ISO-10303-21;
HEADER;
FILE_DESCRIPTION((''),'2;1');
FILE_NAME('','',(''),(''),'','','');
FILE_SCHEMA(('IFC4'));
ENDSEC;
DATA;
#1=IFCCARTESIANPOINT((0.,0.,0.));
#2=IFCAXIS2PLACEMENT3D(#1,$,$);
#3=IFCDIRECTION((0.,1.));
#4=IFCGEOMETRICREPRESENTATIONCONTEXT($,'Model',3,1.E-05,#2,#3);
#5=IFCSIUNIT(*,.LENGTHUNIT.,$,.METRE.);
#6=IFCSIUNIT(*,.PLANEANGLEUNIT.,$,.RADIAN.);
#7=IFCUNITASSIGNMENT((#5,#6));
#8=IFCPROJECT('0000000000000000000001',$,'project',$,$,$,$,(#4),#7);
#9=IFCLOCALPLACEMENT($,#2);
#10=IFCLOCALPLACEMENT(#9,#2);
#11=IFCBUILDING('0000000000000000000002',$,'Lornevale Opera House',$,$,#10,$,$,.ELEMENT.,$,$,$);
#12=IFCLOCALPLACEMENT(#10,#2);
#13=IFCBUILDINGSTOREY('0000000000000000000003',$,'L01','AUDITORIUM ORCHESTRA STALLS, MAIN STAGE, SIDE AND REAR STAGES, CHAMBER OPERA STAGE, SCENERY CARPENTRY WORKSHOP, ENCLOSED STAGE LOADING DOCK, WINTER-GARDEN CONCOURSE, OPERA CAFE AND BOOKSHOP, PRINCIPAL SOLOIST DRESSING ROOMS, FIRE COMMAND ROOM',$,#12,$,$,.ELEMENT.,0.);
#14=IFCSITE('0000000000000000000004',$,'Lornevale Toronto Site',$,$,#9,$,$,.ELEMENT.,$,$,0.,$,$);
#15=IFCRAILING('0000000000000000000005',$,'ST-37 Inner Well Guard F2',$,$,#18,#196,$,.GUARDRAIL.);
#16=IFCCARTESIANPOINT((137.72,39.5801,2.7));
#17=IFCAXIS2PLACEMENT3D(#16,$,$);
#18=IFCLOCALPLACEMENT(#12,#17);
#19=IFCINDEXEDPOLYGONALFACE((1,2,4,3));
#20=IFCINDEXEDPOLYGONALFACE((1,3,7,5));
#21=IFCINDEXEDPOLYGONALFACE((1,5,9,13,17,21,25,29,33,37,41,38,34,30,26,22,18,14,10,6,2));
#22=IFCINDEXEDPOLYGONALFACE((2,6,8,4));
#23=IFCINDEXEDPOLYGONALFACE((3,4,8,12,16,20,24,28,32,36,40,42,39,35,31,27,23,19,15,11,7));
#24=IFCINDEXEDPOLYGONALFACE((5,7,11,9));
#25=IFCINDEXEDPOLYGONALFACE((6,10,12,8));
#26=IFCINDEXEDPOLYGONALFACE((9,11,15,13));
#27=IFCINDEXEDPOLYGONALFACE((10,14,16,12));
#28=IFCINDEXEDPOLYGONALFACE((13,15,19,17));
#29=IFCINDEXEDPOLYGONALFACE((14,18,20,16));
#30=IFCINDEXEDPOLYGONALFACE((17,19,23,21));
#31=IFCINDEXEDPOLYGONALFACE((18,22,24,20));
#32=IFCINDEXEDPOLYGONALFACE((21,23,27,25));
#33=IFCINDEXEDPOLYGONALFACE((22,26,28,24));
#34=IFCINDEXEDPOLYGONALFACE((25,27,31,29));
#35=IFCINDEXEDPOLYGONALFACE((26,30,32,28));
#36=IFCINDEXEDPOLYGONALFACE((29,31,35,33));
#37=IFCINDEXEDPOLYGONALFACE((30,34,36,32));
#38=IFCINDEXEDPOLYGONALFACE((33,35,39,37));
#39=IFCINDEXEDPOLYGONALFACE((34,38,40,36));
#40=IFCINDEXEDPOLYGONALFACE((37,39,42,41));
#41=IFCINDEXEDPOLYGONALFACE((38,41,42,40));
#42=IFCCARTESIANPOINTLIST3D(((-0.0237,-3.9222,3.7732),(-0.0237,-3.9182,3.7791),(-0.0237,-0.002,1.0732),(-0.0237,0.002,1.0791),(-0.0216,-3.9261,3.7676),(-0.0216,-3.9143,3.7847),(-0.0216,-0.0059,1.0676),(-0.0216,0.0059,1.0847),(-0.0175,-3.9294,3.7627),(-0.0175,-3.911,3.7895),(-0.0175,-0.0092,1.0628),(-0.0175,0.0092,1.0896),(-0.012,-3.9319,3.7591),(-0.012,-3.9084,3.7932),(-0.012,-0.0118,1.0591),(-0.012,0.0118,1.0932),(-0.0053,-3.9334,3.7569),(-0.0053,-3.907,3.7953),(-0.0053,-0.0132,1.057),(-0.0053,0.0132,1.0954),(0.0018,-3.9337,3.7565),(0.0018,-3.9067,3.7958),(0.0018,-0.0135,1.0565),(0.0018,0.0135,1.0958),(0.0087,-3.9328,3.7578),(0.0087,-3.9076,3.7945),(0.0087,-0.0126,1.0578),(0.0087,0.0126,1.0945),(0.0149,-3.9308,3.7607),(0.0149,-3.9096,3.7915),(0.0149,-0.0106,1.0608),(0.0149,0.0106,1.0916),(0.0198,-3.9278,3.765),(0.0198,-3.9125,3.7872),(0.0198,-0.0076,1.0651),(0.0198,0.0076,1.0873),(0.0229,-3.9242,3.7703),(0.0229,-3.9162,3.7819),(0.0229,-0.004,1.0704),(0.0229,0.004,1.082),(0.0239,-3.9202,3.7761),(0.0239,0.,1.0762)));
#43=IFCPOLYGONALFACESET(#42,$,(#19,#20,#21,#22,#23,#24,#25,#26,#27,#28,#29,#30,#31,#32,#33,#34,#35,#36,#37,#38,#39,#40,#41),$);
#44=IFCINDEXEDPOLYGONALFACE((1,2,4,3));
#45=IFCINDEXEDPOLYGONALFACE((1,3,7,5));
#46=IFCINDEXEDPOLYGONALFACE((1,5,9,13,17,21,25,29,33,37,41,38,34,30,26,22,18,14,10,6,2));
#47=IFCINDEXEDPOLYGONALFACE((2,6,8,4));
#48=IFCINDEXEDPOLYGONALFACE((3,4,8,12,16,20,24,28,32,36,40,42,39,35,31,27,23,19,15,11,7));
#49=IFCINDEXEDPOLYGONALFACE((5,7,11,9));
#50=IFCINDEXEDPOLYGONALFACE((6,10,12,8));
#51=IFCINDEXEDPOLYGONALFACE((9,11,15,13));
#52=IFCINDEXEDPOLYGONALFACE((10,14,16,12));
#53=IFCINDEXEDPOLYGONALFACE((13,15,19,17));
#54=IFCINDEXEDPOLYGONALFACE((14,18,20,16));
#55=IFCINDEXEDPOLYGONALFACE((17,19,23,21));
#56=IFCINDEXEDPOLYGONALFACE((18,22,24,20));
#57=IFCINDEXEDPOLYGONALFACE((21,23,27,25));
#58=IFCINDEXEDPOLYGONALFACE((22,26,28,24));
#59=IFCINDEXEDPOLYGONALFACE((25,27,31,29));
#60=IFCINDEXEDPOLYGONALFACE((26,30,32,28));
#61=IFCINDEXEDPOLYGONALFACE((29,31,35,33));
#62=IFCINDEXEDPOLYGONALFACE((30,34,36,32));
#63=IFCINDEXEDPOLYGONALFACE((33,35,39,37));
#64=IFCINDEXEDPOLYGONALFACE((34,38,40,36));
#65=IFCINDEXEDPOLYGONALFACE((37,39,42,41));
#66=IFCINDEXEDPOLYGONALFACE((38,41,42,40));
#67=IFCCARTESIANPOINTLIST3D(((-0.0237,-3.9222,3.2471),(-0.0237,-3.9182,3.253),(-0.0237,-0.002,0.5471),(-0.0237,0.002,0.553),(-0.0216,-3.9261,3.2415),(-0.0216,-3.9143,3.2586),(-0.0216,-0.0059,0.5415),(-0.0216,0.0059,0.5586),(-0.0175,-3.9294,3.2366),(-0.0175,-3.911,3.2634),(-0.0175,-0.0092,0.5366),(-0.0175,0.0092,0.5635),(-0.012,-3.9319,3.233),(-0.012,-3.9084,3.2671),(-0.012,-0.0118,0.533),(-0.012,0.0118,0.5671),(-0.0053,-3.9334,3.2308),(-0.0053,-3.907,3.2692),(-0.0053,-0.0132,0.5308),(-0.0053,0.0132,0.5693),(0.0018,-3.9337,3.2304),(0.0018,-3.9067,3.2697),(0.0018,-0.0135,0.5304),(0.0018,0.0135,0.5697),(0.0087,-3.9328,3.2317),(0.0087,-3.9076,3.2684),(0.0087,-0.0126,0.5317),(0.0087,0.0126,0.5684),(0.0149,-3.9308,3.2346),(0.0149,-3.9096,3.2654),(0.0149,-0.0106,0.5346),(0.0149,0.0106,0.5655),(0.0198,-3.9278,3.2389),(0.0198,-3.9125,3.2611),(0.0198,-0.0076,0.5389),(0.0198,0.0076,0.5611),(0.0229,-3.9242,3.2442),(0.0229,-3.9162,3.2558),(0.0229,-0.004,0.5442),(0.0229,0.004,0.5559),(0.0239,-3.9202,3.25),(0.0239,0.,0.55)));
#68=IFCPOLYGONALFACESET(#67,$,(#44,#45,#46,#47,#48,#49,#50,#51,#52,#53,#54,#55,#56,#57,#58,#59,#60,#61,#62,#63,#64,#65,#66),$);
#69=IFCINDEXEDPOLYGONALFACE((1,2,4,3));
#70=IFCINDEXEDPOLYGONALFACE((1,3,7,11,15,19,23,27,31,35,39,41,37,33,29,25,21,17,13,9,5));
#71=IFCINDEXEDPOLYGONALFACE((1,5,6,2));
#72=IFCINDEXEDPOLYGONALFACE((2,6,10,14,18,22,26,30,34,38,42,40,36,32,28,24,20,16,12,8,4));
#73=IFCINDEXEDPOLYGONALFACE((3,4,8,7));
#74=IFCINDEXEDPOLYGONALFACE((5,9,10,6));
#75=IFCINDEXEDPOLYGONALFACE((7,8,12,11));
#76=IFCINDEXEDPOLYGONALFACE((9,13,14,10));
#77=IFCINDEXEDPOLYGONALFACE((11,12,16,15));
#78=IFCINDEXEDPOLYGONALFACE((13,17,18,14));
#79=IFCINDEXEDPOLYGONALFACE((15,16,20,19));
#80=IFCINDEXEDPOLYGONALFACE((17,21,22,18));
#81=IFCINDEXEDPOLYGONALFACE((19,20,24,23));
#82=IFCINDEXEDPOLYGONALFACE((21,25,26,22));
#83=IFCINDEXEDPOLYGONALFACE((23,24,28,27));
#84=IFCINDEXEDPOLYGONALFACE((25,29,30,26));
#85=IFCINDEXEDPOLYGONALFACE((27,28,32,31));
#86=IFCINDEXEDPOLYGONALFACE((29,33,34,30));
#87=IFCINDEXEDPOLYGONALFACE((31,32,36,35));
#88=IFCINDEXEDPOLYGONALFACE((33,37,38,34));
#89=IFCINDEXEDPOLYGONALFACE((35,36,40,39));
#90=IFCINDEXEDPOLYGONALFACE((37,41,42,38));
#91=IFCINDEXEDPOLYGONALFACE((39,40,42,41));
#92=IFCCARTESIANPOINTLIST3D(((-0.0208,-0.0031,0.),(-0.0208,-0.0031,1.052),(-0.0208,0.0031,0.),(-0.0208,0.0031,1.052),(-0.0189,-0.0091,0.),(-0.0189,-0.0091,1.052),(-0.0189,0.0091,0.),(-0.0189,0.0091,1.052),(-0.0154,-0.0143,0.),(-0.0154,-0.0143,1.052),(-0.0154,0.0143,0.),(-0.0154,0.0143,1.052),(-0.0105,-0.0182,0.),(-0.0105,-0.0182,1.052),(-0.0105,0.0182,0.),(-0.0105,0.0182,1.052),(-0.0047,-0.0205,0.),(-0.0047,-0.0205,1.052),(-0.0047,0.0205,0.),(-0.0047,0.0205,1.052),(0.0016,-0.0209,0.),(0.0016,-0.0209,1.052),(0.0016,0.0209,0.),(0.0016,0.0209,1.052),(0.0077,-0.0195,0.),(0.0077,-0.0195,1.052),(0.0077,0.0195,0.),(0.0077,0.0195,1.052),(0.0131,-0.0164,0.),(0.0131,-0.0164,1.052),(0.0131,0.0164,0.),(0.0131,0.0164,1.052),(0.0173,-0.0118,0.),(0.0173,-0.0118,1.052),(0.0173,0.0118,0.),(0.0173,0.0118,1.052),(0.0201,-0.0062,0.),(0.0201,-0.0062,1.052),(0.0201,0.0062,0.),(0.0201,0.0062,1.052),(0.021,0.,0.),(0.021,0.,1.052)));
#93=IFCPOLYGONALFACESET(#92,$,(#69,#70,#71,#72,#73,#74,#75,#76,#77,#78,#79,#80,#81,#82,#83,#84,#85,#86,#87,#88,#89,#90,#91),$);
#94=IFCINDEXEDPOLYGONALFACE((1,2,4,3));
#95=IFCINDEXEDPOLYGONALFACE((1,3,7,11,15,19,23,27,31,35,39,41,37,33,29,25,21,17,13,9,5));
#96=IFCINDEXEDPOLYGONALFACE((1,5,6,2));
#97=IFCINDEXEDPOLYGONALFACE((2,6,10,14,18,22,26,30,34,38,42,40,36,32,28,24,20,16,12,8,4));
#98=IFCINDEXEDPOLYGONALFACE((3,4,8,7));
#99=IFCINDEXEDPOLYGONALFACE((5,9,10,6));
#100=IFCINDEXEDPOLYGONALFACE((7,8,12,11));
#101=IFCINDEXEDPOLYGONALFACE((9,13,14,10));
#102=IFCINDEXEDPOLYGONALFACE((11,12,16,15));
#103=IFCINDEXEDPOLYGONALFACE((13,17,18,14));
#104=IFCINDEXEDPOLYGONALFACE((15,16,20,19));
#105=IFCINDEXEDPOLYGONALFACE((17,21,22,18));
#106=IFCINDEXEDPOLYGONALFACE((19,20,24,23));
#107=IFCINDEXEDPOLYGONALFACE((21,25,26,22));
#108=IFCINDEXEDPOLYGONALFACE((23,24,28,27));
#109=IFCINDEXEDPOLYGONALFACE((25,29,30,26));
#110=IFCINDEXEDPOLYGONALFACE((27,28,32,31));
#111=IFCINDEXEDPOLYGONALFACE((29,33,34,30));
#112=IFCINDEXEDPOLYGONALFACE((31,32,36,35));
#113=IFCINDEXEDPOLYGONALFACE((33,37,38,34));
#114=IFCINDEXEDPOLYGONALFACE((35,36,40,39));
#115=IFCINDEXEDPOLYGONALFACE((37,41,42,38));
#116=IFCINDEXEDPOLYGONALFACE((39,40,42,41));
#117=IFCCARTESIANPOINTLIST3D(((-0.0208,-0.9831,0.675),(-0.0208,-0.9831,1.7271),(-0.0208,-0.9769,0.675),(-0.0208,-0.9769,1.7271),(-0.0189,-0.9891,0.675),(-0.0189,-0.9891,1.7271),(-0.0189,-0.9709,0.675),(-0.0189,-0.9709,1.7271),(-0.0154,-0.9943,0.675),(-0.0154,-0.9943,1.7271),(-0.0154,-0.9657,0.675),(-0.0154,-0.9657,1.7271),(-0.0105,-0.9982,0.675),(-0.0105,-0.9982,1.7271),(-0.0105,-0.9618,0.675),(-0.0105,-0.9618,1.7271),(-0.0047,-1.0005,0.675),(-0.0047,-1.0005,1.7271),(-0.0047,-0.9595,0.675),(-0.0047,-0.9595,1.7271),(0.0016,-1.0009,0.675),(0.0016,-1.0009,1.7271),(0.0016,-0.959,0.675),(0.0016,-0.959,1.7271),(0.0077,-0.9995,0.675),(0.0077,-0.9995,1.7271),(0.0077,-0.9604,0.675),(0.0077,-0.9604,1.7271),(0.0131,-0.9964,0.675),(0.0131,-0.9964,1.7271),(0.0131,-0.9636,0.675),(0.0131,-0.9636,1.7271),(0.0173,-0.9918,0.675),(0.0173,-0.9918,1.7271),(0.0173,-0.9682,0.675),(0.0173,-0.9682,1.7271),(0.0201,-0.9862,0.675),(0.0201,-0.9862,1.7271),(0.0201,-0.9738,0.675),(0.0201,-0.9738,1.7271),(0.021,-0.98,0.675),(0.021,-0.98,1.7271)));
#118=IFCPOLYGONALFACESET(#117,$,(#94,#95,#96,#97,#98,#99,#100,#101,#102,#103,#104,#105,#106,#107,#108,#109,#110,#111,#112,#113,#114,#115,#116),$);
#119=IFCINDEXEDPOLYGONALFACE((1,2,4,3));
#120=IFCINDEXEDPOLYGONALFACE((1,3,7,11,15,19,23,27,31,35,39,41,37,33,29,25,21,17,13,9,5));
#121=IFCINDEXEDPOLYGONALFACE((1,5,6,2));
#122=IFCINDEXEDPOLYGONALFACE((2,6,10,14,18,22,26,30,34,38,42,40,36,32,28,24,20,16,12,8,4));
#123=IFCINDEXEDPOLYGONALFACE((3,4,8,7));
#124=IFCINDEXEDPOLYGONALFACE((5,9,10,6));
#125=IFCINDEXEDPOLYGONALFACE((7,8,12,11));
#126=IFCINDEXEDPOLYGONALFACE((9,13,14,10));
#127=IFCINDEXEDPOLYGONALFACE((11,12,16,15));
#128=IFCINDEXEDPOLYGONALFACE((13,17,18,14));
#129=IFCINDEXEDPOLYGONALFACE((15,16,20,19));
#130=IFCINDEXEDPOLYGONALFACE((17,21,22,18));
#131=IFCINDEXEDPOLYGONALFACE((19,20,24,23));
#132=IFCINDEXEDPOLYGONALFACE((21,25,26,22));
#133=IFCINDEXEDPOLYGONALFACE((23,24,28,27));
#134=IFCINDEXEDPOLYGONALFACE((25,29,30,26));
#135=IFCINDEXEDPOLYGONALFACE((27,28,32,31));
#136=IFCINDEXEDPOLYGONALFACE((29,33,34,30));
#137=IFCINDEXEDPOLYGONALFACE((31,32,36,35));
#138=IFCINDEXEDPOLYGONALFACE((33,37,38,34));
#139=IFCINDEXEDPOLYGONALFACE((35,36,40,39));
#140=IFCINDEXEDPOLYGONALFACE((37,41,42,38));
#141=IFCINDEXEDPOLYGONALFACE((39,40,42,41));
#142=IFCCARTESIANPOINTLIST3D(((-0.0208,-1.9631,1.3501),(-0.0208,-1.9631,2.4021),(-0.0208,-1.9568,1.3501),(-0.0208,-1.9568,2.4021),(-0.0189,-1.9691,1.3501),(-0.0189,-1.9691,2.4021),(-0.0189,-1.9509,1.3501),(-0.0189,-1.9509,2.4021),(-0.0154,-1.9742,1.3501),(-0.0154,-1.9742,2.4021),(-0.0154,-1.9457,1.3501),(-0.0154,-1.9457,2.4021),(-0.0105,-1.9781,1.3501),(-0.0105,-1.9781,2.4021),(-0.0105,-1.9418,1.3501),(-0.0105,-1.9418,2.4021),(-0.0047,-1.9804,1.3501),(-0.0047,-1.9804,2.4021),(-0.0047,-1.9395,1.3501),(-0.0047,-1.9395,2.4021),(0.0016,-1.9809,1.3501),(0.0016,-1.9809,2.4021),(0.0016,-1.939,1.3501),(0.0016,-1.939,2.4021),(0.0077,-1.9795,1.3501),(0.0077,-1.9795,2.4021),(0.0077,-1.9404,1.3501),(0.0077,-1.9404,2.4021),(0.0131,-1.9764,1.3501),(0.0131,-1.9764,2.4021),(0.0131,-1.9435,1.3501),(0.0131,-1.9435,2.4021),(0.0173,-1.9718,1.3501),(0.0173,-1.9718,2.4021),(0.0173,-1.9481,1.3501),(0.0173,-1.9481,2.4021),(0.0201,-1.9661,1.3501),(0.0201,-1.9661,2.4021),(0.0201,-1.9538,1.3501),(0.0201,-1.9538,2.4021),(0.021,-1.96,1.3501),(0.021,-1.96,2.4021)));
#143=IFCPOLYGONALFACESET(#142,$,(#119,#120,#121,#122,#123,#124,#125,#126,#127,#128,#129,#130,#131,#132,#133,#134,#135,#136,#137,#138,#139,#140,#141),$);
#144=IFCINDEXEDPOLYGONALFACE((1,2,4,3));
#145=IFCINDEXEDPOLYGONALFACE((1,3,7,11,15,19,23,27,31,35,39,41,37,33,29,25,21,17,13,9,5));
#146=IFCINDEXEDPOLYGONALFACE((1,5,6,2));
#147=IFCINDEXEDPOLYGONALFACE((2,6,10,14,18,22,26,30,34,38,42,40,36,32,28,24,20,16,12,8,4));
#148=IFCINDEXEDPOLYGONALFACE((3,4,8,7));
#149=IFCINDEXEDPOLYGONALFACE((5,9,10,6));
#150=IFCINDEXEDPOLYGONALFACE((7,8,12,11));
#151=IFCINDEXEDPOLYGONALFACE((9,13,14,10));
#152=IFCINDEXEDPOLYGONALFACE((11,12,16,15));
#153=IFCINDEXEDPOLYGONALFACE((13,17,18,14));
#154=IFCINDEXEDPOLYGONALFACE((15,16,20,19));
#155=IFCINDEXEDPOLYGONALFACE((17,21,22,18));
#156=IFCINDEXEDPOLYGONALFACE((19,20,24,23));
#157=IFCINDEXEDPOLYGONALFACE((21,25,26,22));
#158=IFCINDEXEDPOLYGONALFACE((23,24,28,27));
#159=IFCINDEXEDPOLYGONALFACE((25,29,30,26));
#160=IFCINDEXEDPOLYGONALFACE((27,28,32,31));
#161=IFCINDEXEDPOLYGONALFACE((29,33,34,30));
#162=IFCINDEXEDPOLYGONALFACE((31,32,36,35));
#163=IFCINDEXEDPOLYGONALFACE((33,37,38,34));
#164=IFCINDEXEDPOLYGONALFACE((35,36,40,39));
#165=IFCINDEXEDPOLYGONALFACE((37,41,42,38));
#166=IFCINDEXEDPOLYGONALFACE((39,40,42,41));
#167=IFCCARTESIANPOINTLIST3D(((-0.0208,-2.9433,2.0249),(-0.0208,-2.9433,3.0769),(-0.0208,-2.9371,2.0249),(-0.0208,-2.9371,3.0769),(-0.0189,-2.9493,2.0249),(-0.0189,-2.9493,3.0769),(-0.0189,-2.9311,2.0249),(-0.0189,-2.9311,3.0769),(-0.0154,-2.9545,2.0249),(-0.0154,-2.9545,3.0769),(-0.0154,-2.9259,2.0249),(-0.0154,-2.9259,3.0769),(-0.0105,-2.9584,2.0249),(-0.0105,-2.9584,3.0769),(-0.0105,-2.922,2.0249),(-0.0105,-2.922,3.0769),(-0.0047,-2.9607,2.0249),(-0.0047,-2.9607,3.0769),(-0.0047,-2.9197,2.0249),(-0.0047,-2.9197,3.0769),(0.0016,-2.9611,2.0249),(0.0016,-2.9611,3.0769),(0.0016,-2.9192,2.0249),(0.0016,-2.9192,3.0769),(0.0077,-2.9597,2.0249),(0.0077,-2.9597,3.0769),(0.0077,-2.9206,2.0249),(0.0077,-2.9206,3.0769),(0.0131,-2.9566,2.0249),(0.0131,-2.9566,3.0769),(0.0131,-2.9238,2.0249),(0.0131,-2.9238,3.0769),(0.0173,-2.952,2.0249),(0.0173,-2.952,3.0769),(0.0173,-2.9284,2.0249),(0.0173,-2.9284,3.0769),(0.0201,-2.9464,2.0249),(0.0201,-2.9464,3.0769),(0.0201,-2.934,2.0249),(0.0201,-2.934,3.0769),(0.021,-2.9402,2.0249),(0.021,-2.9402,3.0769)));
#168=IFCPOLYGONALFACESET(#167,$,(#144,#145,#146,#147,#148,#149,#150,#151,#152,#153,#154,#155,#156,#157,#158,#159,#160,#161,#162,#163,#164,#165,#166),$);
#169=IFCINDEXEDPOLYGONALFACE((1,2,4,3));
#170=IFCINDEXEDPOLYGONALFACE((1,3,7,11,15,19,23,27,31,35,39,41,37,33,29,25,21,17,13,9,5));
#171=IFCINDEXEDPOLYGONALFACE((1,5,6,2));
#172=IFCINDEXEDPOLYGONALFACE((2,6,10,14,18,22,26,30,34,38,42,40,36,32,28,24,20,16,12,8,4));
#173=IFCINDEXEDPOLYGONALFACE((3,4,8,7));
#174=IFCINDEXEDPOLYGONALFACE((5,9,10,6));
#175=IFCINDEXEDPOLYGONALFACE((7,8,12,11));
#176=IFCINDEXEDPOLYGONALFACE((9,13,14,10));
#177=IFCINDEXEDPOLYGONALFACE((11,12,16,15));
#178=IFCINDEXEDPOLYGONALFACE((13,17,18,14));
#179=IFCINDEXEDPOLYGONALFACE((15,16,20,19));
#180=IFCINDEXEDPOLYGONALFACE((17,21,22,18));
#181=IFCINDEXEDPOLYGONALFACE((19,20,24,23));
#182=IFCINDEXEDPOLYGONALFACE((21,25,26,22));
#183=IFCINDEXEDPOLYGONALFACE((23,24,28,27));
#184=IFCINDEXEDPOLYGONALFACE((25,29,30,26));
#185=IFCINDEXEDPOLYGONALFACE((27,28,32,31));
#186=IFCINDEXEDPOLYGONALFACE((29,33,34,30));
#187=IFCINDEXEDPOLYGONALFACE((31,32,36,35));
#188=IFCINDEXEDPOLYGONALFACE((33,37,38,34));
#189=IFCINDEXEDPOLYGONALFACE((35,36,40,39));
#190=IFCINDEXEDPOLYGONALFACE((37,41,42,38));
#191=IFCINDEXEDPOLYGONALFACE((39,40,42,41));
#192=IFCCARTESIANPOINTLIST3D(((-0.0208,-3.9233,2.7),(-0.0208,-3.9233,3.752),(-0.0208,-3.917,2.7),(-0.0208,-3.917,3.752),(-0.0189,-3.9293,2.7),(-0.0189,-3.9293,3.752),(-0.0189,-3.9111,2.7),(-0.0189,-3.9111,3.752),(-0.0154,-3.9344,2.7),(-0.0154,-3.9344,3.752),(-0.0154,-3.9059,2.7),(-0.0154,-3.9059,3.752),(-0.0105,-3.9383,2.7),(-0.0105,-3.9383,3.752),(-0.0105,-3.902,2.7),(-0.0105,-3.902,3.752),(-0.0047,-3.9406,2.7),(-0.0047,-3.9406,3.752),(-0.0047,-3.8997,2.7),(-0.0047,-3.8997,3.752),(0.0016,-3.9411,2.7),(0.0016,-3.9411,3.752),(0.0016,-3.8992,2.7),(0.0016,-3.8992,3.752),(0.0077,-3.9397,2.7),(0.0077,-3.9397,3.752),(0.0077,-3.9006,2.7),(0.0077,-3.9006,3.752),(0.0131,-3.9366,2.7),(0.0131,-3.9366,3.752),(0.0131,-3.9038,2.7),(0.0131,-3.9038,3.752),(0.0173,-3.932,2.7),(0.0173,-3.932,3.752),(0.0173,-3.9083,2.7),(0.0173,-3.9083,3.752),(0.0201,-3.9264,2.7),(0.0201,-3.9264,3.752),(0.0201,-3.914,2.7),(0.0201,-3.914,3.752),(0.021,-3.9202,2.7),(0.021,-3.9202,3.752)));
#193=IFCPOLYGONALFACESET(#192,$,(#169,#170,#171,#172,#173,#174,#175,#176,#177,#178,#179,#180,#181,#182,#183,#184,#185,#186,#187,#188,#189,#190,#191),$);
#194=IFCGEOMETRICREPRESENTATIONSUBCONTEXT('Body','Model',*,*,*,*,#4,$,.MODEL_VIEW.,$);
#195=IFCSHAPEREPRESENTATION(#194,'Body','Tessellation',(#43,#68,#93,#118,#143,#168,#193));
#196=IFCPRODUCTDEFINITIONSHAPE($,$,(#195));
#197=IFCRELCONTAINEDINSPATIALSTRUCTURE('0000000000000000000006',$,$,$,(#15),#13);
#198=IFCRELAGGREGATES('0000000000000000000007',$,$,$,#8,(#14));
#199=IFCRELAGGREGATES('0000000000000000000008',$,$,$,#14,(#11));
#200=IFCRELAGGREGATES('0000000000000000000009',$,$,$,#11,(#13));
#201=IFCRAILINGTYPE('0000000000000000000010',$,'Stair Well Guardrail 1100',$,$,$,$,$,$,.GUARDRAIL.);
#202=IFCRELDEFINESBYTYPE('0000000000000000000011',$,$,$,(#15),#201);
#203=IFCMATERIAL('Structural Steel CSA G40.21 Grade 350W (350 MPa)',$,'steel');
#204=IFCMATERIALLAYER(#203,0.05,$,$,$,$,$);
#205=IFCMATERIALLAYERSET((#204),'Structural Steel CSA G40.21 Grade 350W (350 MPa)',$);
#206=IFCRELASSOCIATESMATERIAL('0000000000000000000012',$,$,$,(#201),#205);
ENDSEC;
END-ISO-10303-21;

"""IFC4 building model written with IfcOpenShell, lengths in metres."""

from ifc_helpers import new_model, si_unit, direction, frame, origin, origin_2d, place, context, subcontext, project, spatial, circle, extrude, material, layer, layer_set, type_object, element, save


model = new_model("IFC4")

# Units and contexts
model_context = context("Model", 3, precision=1e-05, world=origin(), true_north=direction((0.0, 1.0)))
body_context = subcontext(model_context, "Body", "Model", "MODEL_VIEW")
ifc_project = project(units=[si_unit("LENGTHUNIT", "METRE"), si_unit("PLANEANGLEUNIT", "RADIAN")], contexts=[model_context])

# Site, building, storey
site_placement = place(None, origin())
site = spatial("IfcSite", under=ifc_project, at=site_placement, Name="Lornevale Toronto Site", CompositionType="ELEMENT", RefElevation=0.0)
building_placement = place(site_placement, origin())
building = spatial("IfcBuilding", under=site, at=building_placement, Name="Lornevale Opera House", CompositionType="ELEMENT")
storey_placement = place(building_placement, origin())
storey = spatial("IfcBuildingStorey", under=building, at=storey_placement, Name="L01", Description="AUDITORIUM ORCHESTRA STALLS, MAIN STAGE, SIDE AND REAR STAGES, CHAMBER OPERA STAGE, SCENERY CARPENTRY WORKSHOP, ENCLOSED STAGE LOADING DOCK, WINTER-GARDEN CONCOURSE, OPERA CAFE AND BOOKSHOP, PRINCIPAL SOLOIST DRESSING ROOMS, FIRE COMMAND ROOM", CompositionType="ELEMENT", Elevation=0.0)

# Railing
ifc_material_1 = material(Name="Structural Steel CSA G40.21 Grade 350W (350 MPa)", Category="steel")
ifc_layer_1 = layer(ifc_material_1, 0.05)
ifc_layer_set_1 = layer_set([ifc_layer_1], Name="Structural Steel CSA G40.21 Grade 350W (350 MPa)")
railing_type_1 = type_object("IfcRailingType", Name="Stair Well Guardrail 1100", PredefinedType="GUARDRAIL", material=ifc_layer_set_1)
railing_1_placement = place(storey_placement, frame((137.72, 39.5801, 2.7)))
element("IfcRailing", 1, at=railing_1_placement, inside=storey, type_object=railing_type_1, Name="ST-37 Inner Well Guard F2", PredefinedType="GUARDRAIL", context=body_context, shape_type="SweptSolid", body=[
    extrude(circle(Radius=0.0239, at=origin_2d()), frame((0.0, 0.0, 1.0762), z_axis=(0.0, -0.823567, 0.567219), x_axis=(1.0, 0.0, 0.0)), (0.0, 0.0, 1.0), 4.76),
    extrude(circle(Radius=0.0239, at=origin_2d()), frame((0.0, 0.0, 0.55), z_axis=(0.0, -0.823567, 0.567219), x_axis=(1.0, 0.0, 0.0)), (0.0, 0.0, 1.0), 4.76),
    extrude(circle(Radius=0.021, at=origin_2d()), origin(), (0.0, 0.0, 1.0), 1.052),
    extrude(circle(Radius=0.021, at=origin_2d()), frame((0.0, -0.98, 0.675)), (0.0, 0.0, 1.0), 1.052),
    extrude(circle(Radius=0.021, at=origin_2d()), frame((0.0, -1.96, 1.3501)), (0.0, 0.0, 1.0), 1.052),
    extrude(circle(Radius=0.021, at=origin_2d()), frame((0.0, -2.9402, 2.0249)), (0.0, 0.0, 1.0), 1.052),
    extrude(circle(Radius=0.021, at=origin_2d()), frame((0.0, -3.9202, 2.7)), (0.0, 0.0, 1.0), 1.052),
])

save(model, "model.ifc")
